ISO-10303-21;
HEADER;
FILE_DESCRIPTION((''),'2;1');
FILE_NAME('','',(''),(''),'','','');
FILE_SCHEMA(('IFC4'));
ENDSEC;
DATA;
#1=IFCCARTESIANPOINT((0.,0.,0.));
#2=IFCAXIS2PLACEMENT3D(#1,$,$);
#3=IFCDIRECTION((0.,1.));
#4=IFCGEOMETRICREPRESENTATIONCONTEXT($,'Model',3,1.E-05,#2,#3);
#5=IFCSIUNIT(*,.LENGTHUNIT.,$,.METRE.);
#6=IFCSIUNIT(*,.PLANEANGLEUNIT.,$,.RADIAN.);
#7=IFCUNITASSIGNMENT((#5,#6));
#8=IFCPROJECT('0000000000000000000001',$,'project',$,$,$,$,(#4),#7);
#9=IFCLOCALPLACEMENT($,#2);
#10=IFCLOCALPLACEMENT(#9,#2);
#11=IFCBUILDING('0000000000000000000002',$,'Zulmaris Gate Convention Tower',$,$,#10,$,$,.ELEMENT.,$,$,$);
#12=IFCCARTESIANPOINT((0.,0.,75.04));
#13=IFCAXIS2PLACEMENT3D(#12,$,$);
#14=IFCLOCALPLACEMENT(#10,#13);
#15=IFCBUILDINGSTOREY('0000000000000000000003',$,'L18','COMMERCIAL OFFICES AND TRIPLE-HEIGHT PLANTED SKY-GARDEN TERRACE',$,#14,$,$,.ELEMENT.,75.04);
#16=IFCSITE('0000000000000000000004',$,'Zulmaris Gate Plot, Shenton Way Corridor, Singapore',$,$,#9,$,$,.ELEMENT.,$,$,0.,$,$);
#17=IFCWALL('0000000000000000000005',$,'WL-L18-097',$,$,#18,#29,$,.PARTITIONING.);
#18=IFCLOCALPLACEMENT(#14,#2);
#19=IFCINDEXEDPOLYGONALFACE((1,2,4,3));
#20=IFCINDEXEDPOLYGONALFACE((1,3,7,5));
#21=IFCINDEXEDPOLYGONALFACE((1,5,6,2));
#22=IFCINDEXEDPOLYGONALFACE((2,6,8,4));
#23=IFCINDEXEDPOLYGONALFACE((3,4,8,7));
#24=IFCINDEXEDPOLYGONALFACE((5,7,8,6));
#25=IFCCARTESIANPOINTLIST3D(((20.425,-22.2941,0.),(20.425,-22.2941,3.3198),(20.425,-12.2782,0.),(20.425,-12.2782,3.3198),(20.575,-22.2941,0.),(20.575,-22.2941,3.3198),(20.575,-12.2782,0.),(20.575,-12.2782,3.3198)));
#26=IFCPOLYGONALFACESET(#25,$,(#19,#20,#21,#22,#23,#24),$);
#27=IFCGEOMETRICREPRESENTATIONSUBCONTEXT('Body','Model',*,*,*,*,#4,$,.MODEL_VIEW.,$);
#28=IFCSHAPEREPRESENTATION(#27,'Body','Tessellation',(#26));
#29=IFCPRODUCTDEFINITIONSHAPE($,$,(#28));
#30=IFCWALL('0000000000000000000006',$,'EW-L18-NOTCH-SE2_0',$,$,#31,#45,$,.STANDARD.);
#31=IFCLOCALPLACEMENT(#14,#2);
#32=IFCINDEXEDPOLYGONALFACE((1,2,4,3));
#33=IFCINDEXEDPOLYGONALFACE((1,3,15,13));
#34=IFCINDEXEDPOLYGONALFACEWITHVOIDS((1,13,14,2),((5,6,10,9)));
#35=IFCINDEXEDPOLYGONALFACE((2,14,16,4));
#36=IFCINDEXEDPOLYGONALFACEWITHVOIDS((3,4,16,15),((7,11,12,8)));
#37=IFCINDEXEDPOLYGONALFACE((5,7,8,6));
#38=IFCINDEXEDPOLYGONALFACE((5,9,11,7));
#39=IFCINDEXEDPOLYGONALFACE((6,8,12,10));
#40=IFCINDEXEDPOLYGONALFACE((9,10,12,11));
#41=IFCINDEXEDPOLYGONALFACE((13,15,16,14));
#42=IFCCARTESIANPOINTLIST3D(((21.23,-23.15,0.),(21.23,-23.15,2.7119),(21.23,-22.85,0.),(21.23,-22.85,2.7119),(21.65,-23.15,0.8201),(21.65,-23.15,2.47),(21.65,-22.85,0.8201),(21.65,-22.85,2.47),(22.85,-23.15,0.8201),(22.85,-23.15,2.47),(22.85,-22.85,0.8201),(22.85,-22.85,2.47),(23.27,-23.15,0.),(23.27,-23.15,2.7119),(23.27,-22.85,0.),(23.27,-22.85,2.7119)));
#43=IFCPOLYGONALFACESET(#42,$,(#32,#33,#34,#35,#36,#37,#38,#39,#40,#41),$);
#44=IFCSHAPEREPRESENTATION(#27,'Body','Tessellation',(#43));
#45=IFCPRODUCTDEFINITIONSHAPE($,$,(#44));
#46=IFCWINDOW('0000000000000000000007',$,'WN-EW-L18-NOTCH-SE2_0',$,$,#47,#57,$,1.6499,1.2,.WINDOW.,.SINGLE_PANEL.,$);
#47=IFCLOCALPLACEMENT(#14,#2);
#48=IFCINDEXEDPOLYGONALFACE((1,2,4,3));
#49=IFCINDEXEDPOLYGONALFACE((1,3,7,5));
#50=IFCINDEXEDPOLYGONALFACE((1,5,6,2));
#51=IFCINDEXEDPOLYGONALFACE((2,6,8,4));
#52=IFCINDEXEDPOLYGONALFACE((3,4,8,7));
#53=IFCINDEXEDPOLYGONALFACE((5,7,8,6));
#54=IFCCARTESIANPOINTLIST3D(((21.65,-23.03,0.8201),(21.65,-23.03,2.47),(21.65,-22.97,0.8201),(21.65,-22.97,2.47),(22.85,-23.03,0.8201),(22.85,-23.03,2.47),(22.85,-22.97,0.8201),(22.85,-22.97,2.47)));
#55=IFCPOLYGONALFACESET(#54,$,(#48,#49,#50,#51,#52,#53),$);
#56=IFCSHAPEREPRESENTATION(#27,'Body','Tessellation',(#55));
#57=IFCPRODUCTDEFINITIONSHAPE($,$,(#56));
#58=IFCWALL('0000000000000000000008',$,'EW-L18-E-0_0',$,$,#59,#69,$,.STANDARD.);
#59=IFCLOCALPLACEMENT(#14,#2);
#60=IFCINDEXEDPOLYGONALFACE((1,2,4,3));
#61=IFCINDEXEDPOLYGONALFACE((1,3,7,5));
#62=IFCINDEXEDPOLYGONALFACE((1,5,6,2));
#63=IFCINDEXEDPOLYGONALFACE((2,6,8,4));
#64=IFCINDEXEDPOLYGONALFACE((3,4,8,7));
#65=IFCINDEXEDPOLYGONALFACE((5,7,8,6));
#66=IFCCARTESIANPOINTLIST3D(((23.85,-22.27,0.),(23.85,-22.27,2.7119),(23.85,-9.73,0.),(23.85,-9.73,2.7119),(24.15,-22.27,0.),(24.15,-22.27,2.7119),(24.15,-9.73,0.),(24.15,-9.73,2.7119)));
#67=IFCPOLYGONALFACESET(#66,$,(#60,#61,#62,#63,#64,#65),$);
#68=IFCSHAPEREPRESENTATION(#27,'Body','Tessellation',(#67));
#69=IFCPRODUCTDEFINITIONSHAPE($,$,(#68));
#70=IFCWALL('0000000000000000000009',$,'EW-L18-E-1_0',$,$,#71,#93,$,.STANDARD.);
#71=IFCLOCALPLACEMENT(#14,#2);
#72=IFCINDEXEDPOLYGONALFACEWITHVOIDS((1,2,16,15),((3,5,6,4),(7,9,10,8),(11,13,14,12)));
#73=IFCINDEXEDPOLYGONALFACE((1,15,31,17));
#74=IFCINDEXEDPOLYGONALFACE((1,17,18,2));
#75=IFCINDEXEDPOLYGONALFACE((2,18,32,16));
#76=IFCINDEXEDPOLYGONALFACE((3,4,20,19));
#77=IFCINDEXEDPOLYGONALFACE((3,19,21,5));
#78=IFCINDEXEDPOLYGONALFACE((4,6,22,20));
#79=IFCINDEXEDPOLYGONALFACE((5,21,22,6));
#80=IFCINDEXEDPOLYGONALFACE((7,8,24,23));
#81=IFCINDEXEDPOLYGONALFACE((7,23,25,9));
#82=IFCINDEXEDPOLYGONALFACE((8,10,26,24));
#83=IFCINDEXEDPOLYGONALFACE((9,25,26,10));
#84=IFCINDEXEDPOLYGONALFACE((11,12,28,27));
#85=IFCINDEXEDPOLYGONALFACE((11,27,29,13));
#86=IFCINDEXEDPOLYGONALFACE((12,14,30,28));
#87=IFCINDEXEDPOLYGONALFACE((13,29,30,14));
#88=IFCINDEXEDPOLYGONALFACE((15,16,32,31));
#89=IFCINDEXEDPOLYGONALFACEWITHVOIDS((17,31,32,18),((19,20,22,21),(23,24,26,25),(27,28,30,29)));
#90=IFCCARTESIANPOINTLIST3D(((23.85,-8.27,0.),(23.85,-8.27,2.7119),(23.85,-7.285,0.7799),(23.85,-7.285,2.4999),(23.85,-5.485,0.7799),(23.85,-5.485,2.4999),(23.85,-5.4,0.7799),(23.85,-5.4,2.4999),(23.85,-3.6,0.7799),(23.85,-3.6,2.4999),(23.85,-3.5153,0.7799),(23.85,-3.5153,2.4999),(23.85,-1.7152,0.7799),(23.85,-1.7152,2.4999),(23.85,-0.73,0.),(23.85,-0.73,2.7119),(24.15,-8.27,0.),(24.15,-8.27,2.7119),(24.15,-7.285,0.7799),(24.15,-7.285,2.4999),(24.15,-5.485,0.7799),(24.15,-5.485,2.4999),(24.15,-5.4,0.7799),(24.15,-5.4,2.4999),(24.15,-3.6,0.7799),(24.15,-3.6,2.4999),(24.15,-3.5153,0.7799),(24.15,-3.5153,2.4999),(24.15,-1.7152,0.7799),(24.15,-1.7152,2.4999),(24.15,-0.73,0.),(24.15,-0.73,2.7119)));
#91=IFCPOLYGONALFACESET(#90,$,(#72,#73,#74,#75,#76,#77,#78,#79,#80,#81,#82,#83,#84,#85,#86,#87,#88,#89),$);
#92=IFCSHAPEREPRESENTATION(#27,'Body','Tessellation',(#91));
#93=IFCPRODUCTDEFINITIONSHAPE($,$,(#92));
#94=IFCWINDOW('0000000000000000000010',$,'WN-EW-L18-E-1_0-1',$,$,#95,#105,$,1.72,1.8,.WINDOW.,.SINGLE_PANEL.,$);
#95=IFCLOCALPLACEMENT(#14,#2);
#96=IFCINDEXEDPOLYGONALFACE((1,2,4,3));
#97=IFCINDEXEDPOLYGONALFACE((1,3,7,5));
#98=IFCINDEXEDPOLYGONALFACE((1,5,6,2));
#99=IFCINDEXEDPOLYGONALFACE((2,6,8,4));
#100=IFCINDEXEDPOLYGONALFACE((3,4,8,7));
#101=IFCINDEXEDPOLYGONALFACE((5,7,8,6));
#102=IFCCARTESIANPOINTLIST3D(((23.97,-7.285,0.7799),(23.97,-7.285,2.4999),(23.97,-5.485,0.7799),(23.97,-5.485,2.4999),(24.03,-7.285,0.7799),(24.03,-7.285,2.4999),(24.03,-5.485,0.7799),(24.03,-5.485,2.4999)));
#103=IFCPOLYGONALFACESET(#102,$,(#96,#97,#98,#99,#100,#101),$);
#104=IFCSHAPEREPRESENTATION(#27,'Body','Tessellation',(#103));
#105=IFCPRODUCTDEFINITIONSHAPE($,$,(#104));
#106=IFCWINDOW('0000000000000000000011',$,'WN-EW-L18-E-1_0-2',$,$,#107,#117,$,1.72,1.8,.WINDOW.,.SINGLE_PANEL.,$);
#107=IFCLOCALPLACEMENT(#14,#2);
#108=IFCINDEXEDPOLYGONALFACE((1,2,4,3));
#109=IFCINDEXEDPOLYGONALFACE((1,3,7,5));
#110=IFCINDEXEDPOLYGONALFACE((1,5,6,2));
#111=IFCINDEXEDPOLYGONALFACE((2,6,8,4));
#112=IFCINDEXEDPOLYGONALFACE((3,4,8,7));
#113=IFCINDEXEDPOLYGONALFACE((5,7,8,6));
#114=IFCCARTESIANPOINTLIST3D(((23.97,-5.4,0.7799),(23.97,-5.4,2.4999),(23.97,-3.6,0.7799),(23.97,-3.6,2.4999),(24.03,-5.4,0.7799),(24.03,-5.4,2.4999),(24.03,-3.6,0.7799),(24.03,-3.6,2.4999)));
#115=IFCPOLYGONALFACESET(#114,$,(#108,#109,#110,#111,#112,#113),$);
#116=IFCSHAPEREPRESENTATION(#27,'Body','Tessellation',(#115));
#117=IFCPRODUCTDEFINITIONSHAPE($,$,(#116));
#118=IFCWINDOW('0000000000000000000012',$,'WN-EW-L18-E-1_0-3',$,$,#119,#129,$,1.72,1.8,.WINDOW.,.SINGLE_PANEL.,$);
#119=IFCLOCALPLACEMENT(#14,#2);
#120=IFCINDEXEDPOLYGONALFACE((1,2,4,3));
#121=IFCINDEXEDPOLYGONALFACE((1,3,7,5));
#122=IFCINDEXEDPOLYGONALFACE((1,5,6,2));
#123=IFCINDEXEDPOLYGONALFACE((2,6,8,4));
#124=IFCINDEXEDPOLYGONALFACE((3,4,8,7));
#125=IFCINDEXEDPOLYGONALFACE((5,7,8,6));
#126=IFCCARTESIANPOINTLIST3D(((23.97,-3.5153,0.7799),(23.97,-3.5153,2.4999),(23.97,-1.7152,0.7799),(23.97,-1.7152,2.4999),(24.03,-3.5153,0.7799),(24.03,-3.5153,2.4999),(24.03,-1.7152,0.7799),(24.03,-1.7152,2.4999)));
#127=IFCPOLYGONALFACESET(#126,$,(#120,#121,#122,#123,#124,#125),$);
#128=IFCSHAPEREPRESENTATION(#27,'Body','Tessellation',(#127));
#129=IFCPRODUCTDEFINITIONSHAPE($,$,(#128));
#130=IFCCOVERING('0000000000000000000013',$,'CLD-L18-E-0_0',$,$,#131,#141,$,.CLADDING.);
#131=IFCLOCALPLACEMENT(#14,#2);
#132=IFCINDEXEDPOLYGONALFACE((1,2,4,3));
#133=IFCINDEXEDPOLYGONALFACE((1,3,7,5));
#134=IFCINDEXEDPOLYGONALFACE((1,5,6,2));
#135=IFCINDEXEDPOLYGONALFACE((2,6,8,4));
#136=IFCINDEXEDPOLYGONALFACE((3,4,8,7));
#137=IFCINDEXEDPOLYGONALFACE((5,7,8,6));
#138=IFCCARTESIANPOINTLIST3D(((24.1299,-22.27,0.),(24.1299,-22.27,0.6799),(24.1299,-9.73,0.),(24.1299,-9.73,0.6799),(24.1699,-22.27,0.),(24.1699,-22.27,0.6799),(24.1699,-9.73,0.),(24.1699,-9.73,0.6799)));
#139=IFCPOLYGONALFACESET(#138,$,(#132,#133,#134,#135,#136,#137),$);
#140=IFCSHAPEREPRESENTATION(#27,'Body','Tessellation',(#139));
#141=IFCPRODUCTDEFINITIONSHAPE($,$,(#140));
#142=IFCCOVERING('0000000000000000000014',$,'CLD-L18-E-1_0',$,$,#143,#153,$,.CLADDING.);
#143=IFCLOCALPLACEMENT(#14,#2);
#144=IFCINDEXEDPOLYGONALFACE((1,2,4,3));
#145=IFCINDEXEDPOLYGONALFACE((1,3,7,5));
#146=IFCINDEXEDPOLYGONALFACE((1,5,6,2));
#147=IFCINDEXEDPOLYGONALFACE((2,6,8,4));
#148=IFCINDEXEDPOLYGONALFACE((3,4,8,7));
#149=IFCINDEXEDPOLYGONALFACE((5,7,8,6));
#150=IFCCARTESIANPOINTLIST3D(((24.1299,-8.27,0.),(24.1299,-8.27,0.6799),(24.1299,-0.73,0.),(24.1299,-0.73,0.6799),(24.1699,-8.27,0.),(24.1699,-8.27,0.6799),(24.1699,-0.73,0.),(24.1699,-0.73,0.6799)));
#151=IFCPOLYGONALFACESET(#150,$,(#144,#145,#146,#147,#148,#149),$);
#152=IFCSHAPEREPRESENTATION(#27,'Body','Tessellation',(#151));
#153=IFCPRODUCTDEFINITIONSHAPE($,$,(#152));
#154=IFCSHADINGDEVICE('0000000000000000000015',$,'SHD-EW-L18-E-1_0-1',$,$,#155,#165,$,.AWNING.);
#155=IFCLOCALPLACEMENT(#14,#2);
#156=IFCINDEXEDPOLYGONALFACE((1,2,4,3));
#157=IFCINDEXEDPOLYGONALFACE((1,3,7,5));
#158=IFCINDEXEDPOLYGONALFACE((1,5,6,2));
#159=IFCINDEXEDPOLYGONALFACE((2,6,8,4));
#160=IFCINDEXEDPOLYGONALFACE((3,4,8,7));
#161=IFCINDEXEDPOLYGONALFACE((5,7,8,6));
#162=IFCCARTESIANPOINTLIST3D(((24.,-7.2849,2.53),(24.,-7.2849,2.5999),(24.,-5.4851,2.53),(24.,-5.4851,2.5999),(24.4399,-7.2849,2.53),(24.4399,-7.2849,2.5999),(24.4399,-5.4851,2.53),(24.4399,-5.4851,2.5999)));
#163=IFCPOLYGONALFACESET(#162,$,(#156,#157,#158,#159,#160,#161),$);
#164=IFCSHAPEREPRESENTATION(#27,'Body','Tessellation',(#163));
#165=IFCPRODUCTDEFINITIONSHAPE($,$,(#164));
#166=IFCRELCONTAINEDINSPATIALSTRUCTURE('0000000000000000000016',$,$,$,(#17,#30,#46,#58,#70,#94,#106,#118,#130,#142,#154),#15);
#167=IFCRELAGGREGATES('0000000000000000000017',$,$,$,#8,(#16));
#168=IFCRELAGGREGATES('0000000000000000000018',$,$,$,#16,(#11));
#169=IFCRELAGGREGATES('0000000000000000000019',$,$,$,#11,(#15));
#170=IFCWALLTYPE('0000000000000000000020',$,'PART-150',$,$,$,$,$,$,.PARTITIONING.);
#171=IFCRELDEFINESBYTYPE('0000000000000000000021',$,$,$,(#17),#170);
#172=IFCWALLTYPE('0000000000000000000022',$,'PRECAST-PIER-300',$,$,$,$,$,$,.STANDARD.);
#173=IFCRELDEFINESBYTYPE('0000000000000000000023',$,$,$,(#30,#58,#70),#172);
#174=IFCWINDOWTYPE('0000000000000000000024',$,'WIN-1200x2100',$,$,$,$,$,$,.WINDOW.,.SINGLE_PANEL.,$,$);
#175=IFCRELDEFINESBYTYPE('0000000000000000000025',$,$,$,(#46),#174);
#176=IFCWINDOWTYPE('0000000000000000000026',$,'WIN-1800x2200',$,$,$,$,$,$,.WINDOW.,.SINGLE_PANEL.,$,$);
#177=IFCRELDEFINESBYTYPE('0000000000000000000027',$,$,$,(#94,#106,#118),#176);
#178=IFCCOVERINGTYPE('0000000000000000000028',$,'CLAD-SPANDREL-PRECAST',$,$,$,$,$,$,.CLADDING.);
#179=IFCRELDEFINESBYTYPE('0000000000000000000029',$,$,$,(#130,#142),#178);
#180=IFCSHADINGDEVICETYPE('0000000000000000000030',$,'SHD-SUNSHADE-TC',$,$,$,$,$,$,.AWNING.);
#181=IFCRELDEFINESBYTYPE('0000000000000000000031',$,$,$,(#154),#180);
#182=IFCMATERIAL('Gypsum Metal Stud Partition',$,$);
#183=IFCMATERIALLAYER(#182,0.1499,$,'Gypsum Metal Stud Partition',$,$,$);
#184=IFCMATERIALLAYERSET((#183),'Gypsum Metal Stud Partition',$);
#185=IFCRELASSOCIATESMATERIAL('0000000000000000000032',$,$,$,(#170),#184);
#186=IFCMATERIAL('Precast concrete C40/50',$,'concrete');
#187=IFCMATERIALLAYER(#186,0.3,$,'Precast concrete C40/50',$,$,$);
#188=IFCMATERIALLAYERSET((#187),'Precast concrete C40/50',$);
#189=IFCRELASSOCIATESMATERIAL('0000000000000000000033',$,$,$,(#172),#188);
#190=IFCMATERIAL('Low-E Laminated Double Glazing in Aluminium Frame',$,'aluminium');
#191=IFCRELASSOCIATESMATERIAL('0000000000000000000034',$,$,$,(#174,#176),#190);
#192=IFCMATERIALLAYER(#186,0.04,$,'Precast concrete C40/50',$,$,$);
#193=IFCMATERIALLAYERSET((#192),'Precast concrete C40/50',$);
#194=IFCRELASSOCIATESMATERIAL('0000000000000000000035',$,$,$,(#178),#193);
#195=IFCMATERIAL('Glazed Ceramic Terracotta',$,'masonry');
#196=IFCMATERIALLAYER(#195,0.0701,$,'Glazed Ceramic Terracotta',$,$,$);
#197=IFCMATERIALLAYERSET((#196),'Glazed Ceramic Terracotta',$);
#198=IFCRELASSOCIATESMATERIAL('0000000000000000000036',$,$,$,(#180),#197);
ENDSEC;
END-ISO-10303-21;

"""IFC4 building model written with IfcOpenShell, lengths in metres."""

from ifc_helpers import new_model, si_unit, direction, frame, frame_2d, origin, place, context, subcontext, project, spatial, rectangle, extrude, material, layer, layer_set, type_object, element, fill, save


model = new_model("IFC4")

# Units and contexts
model_context = context("Model", 3, precision=1e-05, world=origin(), true_north=direction((0.0, 1.0)))
body_context = subcontext(model_context, "Body", "Model", "MODEL_VIEW")
ifc_project = project(units=[si_unit("LENGTHUNIT", "METRE"), si_unit("PLANEANGLEUNIT", "RADIAN")], contexts=[model_context])

# Site, building, storey
site_placement = place(None, origin())
site = spatial("IfcSite", under=ifc_project, at=site_placement, Name="Zulmaris Gate Plot, Shenton Way Corridor, Singapore", CompositionType="ELEMENT", RefElevation=0.0)
building_placement = place(site_placement, origin())
building = spatial("IfcBuilding", under=site, at=building_placement, Name="Zulmaris Gate Convention Tower", CompositionType="ELEMENT")
storey_placement = place(building_placement, frame((0.0, 0.0, 75.04)))
storey = spatial("IfcBuildingStorey", under=building, at=storey_placement, Name="L18", Description="COMMERCIAL OFFICES AND TRIPLE-HEIGHT PLANTED SKY-GARDEN TERRACE", CompositionType="ELEMENT", Elevation=75.04)

# Shared definitions
ifc_material_1 = material(Name="Gypsum Metal Stud Partition")
ifc_layer_1 = layer(ifc_material_1, 0.1499, Name="Gypsum Metal Stud Partition")
ifc_layer_set_1 = layer_set([ifc_layer_1], Name="Gypsum Metal Stud Partition")
wall_type_1 = type_object("IfcWallType", Name="PART-150", PredefinedType="PARTITIONING", material=ifc_layer_set_1)

# Wall
wall_1_placement = place(storey_placement, frame((20.5, -22.2939, 0.0), z_axis=(0.0, 0.0, 1.0), x_axis=(0.0, 1.0, 0.0)))
element("IfcWall", 1, at=wall_1_placement, inside=storey, type_object=wall_type_1, Name="WL-L18-097", PredefinedType="PARTITIONING", context=body_context, shape_type="SweptSolid", body=[
    extrude(rectangle(XDim=10.0159, YDim=0.1499, at=frame_2d((5.0078, 0.0))), origin(), (0.0, 0.0, 1.0), 3.3198),
])

# Wall, opening, window
ifc_material_2 = material(Name="Precast concrete C40/50", Category="concrete")
ifc_layer_2 = layer(ifc_material_2, 0.3, Name="Precast concrete C40/50")
ifc_layer_set_2 = layer_set([ifc_layer_2], Name="Precast concrete C40/50")
wall_type_2 = type_object("IfcWallType", Name="PRECAST-PIER-300", PredefinedType="STANDARD", material=ifc_layer_set_2)
wall_2_placement = place(storey_placement, frame((21.23, -23.0, 0.0), z_axis=(0.0, 0.0, 1.0), x_axis=(1.0, 0.0, 0.0)))
wall_2 = element("IfcWall", 2, at=wall_2_placement, inside=storey, type_object=wall_type_2, Name="EW-L18-NOTCH-SE2_0", PredefinedType="STANDARD", context=body_context, shape_type="SweptSolid", body=[
    extrude(rectangle(XDim=2.04, YDim=0.3, at=frame_2d((1.02, 0.0))), origin(), (0.0, 0.0, 1.0), 2.7119),
])
opening_1_placement = place(wall_2_placement, frame((0.4199, 0.0, 0.8201)))
opening_1 = element("IfcOpeningElement", 3, at=opening_1_placement, cuts=wall_2, PredefinedType="OPENING", context=body_context, shape_type="SweptSolid", body=[
    extrude(rectangle(XDim=1.2, YDim=1.6499, at=frame_2d((0.6001, 0.825))), frame((0.0, 0.1602, 0.0), z_axis=(0.0, -1.0, 0.0), x_axis=(1.0, 0.0, 0.0)), (0.0, 0.0, 1.0), 0.3201),
])
ifc_material_3 = material(Name="Low-E Laminated Double Glazing in Aluminium Frame", Category="aluminium")
window_type_1 = type_object("IfcWindowType", Name="WIN-1200x2100", PartitioningType="SINGLE_PANEL", PredefinedType="WINDOW", material=ifc_material_3)
window_1_placement = place(opening_1_placement, origin())
window_1 = element("IfcWindow", 4, at=window_1_placement, inside=storey, type_object=window_type_1, Name="WN-EW-L18-NOTCH-SE2_0", OverallHeight=1.6499, OverallWidth=1.2, PartitioningType="SINGLE_PANEL", PredefinedType="WINDOW", context=body_context, shape_type="SweptSolid", body=[
    extrude(rectangle(XDim=1.2, YDim=1.6499, at=frame_2d((0.6001, 0.825))), frame((0.0, 0.03, 0.0), z_axis=(0.0, -1.0, 0.0), x_axis=(1.0, 0.0, 0.0)), (0.0, 0.0, 1.0), 0.0601),
])
fill(opening_1, window_1)

# Wall
wall_3_placement = place(storey_placement, frame((24.0, -22.27, 0.0), z_axis=(0.0, 0.0, 1.0), x_axis=(0.0, 1.0, 0.0)))
element("IfcWall", 5, at=wall_3_placement, inside=storey, type_object=wall_type_2, Name="EW-L18-E-0_0", PredefinedType="STANDARD", context=body_context, shape_type="SweptSolid", body=[
    extrude(rectangle(XDim=12.54, YDim=0.3, at=frame_2d((6.27, 0.0))), origin(), (0.0, 0.0, 1.0), 2.7119),
])

# Wall, openings, windows
wall_4_placement = place(storey_placement, frame((24.0, -8.27, 0.0), z_axis=(0.0, 0.0, 1.0), x_axis=(0.0, 1.0, 0.0)))
wall_4 = element("IfcWall", 6, at=wall_4_placement, inside=storey, type_object=wall_type_2, Name="EW-L18-E-1_0", PredefinedType="STANDARD", context=body_context, shape_type="SweptSolid", body=[
    extrude(rectangle(XDim=7.54, YDim=0.3, at=frame_2d((3.77, 0.0))), origin(), (0.0, 0.0, 1.0), 2.7119),
])
opening_2_placement = place(wall_4_placement, frame((0.9851, 0.0, 0.78)))
opening_2 = element("IfcOpeningElement", 7, at=opening_2_placement, cuts=wall_4, PredefinedType="OPENING", context=body_context, shape_type="SweptSolid", body=[
    extrude(rectangle(XDim=1.8, YDim=1.72, at=frame_2d((0.8999, 0.8599))), frame((0.0, 0.1602, 0.0), z_axis=(0.0, -1.0, 0.0), x_axis=(1.0, 0.0, 0.0)), (0.0, 0.0, 1.0), 0.3201),
])
opening_3_placement = place(wall_4_placement, frame((2.8701, 0.0, 0.78)))
opening_3 = element("IfcOpeningElement", 8, at=opening_3_placement, cuts=wall_4, PredefinedType="OPENING", context=body_context, shape_type="SweptSolid", body=[
    extrude(rectangle(XDim=1.8, YDim=1.72, at=frame_2d((0.8999, 0.8599))), frame((0.0, 0.1602, 0.0), z_axis=(0.0, -1.0, 0.0), x_axis=(1.0, 0.0, 0.0)), (0.0, 0.0, 1.0), 0.3201),
])
opening_4_placement = place(wall_4_placement, frame((4.7549, 0.0, 0.78)))
opening_4 = element("IfcOpeningElement", 9, at=opening_4_placement, cuts=wall_4, PredefinedType="OPENING", context=body_context, shape_type="SweptSolid", body=[
    extrude(rectangle(XDim=1.8, YDim=1.72, at=frame_2d((0.8999, 0.8599))), frame((0.0, 0.1602, 0.0), z_axis=(0.0, -1.0, 0.0), x_axis=(1.0, 0.0, 0.0)), (0.0, 0.0, 1.0), 0.3201),
])
window_type_2 = type_object("IfcWindowType", Name="WIN-1800x2200", PartitioningType="SINGLE_PANEL", PredefinedType="WINDOW", material=ifc_material_3)
window_2_placement = place(opening_2_placement, origin())
window_2 = element("IfcWindow", 10, at=window_2_placement, inside=storey, type_object=window_type_2, Name="WN-EW-L18-E-1_0-1", OverallHeight=1.72, OverallWidth=1.8, PartitioningType="SINGLE_PANEL", PredefinedType="WINDOW", context=body_context, shape_type="SweptSolid", body=[
    extrude(rectangle(XDim=1.8, YDim=1.72, at=frame_2d((0.8999, 0.8599))), frame((0.0, 0.03, 0.0), z_axis=(0.0, -1.0, 0.0), x_axis=(1.0, 0.0, 0.0)), (0.0, 0.0, 1.0), 0.0601),
])
fill(opening_2, window_2)
window_3_placement = place(opening_3_placement, origin())
window_3 = element("IfcWindow", 11, at=window_3_placement, inside=storey, type_object=window_type_2, Name="WN-EW-L18-E-1_0-2", OverallHeight=1.72, OverallWidth=1.8, PartitioningType="SINGLE_PANEL", PredefinedType="WINDOW", context=body_context, shape_type="SweptSolid", body=[
    extrude(rectangle(XDim=1.8, YDim=1.72, at=frame_2d((0.8999, 0.8599))), frame((0.0, 0.03, 0.0), z_axis=(0.0, -1.0, 0.0), x_axis=(1.0, 0.0, 0.0)), (0.0, 0.0, 1.0), 0.0601),
])
fill(opening_3, window_3)
window_4_placement = place(opening_4_placement, origin())
window_4 = element("IfcWindow", 12, at=window_4_placement, inside=storey, type_object=window_type_2, Name="WN-EW-L18-E-1_0-3", OverallHeight=1.72, OverallWidth=1.8, PartitioningType="SINGLE_PANEL", PredefinedType="WINDOW", context=body_context, shape_type="SweptSolid", body=[
    extrude(rectangle(XDim=1.8, YDim=1.72, at=frame_2d((0.8999, 0.8599))), frame((0.0, 0.03, 0.0), z_axis=(0.0, -1.0, 0.0), x_axis=(1.0, 0.0, 0.0)), (0.0, 0.0, 1.0), 0.0601),
])
fill(opening_4, window_4)

# Coverings
ifc_layer_3 = layer(ifc_material_2, 0.04, Name="Precast concrete C40/50")
ifc_layer_set_3 = layer_set([ifc_layer_3], Name="Precast concrete C40/50")
covering_type = type_object("IfcCoveringType", Name="CLAD-SPANDREL-PRECAST", PredefinedType="CLADDING", material=ifc_layer_set_3)
covering_1_placement = place(storey_placement, frame((24.1499, -22.27, 0.0), z_axis=(0.0, 0.0, 1.0), x_axis=(0.0, 1.0, 0.0)))
element("IfcCovering", 13, at=covering_1_placement, inside=storey, type_object=covering_type, Name="CLD-L18-E-0_0", PredefinedType="CLADDING", context=body_context, shape_type="SweptSolid", body=[
    extrude(rectangle(XDim=12.54, YDim=0.04, at=frame_2d((6.27, 0.0))), origin(), (0.0, 0.0, 1.0), 0.6799),
])
covering_2_placement = place(storey_placement, frame((24.1499, -8.27, 0.0), z_axis=(0.0, 0.0, 1.0), x_axis=(0.0, 1.0, 0.0)))
element("IfcCovering", 14, at=covering_2_placement, inside=storey, type_object=covering_type, Name="CLD-L18-E-1_0", PredefinedType="CLADDING", context=body_context, shape_type="SweptSolid", body=[
    extrude(rectangle(XDim=7.54, YDim=0.04, at=frame_2d((3.77, 0.0))), origin(), (0.0, 0.0, 1.0), 0.6799),
])

# Shading device
ifc_material_4 = material(Name="Glazed Ceramic Terracotta", Category="masonry")
ifc_layer_4 = layer(ifc_material_4, 0.0701, Name="Glazed Ceramic Terracotta")
ifc_layer_set_4 = layer_set([ifc_layer_4], Name="Glazed Ceramic Terracotta")
shading_device_type = type_object("IfcShadingDeviceType", Name="SHD-SUNSHADE-TC", PredefinedType="AWNING", material=ifc_layer_set_4)
for number, where, z_axis, x_axis, name in (
    (15, (24.22, -7.2849, 2.53), (0.0, 0.0, 1.0), (0.0, 1.0, 0.0), "SHD-EW-L18-E-1_0-1"),
):
    element("IfcShadingDevice", number, at=place(storey_placement, frame(where, z_axis=z_axis, x_axis=x_axis)), inside=storey, type_object=shading_device_type, Name=name, PredefinedType="AWNING", context=body_context, shape_type="SweptSolid", body=[
        extrude(rectangle(XDim=1.7998, YDim=0.4399, at=frame_2d((0.8999, 0.0))), origin(), (0.0, 0.0, 1.0), 0.0698),
    ])

save(model, "model.ifc")
